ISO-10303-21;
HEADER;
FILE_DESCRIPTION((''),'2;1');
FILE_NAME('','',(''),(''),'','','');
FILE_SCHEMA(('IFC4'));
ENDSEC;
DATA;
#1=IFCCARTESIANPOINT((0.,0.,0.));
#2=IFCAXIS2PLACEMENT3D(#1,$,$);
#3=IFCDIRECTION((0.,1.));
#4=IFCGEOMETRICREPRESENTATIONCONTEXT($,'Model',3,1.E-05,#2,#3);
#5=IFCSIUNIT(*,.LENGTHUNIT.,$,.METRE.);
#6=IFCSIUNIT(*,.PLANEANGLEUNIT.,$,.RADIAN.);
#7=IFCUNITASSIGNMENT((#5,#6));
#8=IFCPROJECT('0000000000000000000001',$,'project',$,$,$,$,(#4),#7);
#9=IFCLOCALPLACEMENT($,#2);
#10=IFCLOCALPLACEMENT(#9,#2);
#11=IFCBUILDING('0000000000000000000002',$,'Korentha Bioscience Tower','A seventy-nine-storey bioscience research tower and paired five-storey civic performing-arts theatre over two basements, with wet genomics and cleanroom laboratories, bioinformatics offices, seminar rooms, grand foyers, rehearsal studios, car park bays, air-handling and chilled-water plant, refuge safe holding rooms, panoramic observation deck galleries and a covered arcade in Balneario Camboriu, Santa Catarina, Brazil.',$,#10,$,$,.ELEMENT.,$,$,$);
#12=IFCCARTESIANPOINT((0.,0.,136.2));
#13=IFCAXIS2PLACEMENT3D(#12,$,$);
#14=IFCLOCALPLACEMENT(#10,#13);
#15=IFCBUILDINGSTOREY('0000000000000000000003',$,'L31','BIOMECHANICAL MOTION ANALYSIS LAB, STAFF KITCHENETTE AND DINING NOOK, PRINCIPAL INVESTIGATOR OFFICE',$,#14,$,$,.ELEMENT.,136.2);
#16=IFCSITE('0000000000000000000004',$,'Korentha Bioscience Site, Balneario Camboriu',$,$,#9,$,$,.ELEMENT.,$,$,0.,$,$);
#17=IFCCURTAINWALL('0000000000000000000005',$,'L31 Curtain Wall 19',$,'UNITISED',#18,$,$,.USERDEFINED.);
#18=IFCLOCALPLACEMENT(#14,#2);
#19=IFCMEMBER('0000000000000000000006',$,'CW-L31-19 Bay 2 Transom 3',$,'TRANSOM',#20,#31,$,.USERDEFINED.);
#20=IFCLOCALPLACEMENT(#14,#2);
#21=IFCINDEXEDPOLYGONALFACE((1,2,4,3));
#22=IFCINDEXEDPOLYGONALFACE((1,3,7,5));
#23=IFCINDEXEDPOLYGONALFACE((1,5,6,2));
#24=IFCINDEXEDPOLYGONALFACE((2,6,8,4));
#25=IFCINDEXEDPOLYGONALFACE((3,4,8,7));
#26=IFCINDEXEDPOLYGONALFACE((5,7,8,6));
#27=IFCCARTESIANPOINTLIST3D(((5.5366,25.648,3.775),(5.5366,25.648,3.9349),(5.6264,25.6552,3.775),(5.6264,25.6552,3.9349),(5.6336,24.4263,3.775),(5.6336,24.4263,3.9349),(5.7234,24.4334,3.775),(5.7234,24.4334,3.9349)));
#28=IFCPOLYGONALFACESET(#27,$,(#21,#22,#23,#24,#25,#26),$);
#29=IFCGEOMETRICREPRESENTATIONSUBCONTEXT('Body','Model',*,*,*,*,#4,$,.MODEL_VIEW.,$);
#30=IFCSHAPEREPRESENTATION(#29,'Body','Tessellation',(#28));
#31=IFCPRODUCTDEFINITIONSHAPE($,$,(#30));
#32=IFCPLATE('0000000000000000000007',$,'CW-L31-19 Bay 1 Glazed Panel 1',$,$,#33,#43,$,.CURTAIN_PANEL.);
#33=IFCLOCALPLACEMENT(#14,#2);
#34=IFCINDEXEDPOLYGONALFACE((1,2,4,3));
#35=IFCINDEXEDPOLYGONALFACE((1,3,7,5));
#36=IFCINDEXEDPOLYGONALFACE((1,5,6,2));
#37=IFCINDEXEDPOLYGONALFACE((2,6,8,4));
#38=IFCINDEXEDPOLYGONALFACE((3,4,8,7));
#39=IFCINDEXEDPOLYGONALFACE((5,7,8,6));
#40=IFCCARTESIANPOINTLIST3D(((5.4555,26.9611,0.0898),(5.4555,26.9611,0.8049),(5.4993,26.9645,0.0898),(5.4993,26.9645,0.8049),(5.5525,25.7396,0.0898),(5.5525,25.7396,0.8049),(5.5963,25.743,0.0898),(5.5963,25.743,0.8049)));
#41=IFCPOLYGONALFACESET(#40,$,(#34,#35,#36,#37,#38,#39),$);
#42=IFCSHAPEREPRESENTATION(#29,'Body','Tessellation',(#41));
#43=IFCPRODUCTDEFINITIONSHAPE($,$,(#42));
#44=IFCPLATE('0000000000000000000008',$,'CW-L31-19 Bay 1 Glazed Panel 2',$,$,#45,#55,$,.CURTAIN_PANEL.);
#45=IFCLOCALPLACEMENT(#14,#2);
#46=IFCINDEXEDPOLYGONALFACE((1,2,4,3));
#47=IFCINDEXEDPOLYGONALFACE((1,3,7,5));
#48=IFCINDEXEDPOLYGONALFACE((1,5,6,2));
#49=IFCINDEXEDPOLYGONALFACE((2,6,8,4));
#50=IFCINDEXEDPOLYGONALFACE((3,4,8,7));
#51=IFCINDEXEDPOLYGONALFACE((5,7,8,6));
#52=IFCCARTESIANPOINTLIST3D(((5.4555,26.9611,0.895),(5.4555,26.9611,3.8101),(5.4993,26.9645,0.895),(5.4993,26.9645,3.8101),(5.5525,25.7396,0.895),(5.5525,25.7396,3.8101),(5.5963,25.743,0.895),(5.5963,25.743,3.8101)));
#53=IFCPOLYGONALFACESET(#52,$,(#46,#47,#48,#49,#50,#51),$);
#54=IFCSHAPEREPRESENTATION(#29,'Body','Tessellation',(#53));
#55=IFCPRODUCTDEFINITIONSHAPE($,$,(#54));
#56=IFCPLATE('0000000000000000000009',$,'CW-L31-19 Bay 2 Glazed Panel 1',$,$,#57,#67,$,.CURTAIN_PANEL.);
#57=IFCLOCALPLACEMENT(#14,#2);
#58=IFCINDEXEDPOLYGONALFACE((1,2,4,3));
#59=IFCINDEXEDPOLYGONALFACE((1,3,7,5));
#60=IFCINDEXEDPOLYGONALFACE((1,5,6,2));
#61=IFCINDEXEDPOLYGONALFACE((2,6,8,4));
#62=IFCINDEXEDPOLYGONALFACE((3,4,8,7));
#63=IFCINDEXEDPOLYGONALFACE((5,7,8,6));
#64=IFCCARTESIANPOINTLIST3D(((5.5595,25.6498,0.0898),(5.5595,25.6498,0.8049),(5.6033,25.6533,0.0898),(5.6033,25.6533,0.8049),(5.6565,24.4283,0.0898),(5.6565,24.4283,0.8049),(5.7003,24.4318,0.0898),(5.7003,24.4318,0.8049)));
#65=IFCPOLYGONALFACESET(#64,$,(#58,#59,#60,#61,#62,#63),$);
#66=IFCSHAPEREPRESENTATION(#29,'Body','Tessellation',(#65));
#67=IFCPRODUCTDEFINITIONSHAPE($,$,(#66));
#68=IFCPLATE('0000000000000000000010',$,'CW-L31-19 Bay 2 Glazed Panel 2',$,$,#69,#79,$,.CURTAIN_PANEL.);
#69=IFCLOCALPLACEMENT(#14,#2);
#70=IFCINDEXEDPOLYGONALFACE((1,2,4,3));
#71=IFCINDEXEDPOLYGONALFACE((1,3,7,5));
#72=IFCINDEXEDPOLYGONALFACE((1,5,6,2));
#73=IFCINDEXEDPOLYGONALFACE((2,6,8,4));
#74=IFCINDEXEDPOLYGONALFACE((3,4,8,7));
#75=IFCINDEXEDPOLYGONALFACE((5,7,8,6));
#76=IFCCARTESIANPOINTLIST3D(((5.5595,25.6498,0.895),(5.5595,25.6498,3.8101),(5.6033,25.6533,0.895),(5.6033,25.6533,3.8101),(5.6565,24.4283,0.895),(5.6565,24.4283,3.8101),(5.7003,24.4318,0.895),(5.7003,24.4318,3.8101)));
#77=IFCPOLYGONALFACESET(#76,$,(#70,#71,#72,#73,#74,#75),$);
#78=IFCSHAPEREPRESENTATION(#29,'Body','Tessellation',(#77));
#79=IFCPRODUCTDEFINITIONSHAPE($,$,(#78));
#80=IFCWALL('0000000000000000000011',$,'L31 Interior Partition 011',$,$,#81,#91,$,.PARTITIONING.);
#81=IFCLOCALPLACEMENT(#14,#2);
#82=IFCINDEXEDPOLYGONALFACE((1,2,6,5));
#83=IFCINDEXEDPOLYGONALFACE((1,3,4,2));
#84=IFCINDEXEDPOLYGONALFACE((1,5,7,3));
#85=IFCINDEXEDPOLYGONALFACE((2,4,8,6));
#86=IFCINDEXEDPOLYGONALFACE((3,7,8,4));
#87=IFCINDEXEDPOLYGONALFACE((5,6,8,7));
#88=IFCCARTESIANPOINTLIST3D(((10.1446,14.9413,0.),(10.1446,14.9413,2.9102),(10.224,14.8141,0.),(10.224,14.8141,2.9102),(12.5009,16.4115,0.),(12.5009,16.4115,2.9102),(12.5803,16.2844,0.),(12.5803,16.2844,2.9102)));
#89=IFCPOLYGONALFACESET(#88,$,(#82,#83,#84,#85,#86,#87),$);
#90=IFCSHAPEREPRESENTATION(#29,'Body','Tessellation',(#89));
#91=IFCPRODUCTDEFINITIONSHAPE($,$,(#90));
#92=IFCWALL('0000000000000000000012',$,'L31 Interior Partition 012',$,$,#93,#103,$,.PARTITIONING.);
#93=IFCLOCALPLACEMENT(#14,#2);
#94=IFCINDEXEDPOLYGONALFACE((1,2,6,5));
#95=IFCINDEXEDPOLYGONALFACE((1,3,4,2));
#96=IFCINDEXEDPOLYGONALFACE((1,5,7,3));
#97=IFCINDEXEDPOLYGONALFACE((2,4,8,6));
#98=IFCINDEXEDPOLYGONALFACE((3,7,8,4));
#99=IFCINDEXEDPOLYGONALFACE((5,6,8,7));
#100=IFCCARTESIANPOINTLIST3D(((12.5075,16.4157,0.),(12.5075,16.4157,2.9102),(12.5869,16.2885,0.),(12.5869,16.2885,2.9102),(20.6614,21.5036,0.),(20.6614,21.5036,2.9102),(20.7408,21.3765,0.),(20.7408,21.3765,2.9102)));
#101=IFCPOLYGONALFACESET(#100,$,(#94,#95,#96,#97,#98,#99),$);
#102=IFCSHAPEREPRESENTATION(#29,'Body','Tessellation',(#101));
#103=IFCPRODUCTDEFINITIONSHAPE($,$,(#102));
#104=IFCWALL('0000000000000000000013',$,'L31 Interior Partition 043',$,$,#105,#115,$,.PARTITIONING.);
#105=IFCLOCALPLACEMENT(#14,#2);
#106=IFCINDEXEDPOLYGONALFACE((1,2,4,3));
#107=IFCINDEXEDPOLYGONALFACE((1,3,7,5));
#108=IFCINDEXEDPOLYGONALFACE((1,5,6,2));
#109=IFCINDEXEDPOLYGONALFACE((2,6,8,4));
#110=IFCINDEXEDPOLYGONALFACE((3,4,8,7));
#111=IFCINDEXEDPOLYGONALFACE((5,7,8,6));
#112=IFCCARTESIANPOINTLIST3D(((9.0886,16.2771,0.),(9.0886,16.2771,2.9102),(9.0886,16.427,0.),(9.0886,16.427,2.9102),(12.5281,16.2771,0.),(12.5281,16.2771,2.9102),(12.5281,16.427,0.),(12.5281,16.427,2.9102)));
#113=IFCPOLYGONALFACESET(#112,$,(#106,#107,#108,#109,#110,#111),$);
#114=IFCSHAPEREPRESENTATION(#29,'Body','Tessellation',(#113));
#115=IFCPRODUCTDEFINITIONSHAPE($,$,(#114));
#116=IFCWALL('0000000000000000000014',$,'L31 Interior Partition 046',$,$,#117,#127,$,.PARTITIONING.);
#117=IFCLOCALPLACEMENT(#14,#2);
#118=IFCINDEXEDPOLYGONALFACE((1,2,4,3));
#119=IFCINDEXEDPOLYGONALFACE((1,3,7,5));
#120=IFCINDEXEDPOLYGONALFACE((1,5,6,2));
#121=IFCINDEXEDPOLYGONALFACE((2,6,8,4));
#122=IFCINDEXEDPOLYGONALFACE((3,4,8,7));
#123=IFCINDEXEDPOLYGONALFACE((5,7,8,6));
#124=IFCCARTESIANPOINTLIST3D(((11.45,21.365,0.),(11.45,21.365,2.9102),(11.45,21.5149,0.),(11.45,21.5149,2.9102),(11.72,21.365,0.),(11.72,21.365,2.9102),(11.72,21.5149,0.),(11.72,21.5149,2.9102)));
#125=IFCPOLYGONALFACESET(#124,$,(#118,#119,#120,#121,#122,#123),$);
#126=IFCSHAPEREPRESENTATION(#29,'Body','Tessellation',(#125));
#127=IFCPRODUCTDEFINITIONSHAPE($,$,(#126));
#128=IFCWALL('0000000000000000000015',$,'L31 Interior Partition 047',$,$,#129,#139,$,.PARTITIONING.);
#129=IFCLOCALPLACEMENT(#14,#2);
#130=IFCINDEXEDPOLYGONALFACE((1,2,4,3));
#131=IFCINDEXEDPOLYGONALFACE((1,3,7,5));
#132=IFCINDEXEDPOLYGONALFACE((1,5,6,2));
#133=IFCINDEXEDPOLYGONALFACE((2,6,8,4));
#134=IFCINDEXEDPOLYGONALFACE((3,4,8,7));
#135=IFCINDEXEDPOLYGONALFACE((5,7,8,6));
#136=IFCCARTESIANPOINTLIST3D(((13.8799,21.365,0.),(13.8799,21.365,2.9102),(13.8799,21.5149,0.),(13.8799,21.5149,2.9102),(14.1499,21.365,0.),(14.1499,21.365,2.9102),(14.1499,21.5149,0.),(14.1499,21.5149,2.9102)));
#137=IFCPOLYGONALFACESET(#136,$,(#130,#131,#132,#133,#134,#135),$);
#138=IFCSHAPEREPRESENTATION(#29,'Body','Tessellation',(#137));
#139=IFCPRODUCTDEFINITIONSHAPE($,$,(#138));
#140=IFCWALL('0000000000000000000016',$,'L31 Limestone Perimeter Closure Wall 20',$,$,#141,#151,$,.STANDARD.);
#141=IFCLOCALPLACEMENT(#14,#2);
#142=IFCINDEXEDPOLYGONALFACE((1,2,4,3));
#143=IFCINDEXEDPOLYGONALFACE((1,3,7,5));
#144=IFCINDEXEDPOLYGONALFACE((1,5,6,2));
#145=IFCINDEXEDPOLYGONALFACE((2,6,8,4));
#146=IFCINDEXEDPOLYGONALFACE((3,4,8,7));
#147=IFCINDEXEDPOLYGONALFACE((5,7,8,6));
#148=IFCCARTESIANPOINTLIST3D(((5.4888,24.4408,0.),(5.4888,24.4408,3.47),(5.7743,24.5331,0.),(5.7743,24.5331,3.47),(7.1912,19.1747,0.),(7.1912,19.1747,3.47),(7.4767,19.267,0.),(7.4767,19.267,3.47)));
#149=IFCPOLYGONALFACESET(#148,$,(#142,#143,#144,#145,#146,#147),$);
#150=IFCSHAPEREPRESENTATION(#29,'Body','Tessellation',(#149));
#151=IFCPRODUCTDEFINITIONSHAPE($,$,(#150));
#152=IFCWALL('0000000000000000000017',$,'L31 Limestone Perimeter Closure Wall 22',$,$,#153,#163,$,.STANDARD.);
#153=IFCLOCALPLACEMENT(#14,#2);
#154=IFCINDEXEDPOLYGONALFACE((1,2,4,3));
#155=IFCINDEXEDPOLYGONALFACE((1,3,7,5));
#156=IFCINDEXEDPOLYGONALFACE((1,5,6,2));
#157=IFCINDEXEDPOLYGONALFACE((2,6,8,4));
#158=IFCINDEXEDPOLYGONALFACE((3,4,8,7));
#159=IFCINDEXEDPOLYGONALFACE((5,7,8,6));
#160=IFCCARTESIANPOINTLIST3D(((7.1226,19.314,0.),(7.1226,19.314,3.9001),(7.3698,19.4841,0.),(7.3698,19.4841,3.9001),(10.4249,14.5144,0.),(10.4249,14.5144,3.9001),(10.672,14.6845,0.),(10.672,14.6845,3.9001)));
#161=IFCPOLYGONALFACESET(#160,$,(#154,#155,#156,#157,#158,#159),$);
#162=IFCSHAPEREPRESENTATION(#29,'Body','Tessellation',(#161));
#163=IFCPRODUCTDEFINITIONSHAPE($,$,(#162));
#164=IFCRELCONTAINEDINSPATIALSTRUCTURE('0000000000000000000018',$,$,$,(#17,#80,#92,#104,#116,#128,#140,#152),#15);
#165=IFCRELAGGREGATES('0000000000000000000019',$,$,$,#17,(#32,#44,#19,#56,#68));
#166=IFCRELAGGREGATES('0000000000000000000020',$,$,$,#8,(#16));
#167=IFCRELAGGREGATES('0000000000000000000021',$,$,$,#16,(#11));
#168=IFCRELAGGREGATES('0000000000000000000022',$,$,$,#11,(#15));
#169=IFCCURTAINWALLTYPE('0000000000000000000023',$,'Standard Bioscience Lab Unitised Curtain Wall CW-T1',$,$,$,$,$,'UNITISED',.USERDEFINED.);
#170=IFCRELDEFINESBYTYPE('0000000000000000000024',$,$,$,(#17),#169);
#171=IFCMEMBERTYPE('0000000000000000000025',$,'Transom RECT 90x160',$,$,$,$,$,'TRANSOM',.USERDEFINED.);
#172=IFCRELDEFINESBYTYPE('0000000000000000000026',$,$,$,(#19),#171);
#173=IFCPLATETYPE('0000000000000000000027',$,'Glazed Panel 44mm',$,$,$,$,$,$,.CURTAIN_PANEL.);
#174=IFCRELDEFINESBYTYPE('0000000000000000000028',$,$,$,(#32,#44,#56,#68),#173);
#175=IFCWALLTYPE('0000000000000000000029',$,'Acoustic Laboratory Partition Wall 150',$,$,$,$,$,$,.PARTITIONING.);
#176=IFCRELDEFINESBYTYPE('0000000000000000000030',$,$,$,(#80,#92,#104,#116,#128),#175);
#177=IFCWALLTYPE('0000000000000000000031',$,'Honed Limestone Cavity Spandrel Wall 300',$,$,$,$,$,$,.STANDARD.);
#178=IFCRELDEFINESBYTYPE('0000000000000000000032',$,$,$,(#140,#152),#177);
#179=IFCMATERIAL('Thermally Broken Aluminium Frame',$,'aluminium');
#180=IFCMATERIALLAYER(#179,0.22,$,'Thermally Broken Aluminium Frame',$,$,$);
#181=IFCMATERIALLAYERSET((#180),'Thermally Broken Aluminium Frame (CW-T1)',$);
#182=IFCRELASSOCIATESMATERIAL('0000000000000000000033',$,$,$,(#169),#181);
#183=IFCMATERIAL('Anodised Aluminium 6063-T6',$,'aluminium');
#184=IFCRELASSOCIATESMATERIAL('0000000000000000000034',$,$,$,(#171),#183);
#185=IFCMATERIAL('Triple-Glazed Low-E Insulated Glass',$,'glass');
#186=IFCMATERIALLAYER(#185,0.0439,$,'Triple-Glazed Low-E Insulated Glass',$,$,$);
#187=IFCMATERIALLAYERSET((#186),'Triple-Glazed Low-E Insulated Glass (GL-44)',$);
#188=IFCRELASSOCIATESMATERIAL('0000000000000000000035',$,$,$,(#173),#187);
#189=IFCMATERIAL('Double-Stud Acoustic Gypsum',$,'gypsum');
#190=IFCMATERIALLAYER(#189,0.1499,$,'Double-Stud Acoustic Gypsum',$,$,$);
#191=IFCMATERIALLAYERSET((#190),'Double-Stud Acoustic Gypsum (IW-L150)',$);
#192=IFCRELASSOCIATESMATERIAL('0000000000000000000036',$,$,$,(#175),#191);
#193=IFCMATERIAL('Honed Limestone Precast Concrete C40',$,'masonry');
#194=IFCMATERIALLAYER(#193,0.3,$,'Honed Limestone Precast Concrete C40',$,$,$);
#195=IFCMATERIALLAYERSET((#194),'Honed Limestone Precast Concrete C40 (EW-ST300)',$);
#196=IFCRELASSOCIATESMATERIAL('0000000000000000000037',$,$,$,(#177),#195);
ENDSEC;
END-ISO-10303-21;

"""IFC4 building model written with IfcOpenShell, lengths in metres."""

from ifc_helpers import new_model, si_unit, direction, frame, frame_2d, origin, origin_2d, place, context, subcontext, project, spatial, rectangle, extrude, material, layer, layer_set, material_profile, profile_set, type_object, element, aggregate, save


model = new_model("IFC4")

# Units and contexts
model_context = context("Model", 3, precision=1e-05, world=origin(), true_north=direction((0.0, 1.0)))
body_context = subcontext(model_context, "Body", "Model", "MODEL_VIEW")
ifc_project = project(units=[si_unit("LENGTHUNIT", "METRE"), si_unit("PLANEANGLEUNIT", "RADIAN")], contexts=[model_context])

# Site, building, storey
site_placement = place(None, origin())
site = spatial("IfcSite", under=ifc_project, at=site_placement, Name="Korentha Bioscience Site, Balneario Camboriu", CompositionType="ELEMENT", RefElevation=0.0)
building_placement = place(site_placement, origin())
building = spatial("IfcBuilding", under=site, at=building_placement, Name="Korentha Bioscience Tower", Description="A seventy-nine-storey bioscience research tower and paired five-storey civic performing-arts theatre over two basements, with wet genomics and cleanroom laboratories, bioinformatics offices, seminar rooms, grand foyers, rehearsal studios, car park bays, air-handling and chilled-water plant, refuge safe holding rooms, panoramic observation deck galleries and a covered arcade in Balneario Camboriu, Santa Catarina, Brazil.", CompositionType="ELEMENT")
storey_placement = place(building_placement, frame((0.0, 0.0, 136.2)))
storey = spatial("IfcBuildingStorey", under=building, at=storey_placement, Name="L31", Description="BIOMECHANICAL MOTION ANALYSIS LAB, STAFF KITCHENETTE AND DINING NOOK, PRINCIPAL INVESTIGATOR OFFICE", CompositionType="ELEMENT", Elevation=136.2)

# Curtain wall
ifc_material_1 = material(Name="Thermally Broken Aluminium Frame", Category="aluminium")
ifc_layer_1 = layer(ifc_material_1, 0.22, Name="Thermally Broken Aluminium Frame")
ifc_layer_set_1 = layer_set([ifc_layer_1], Name="Thermally Broken Aluminium Frame (CW-T1)")
curtain_wall_type = type_object("IfcCurtainWallType", Name="Standard Bioscience Lab Unitised Curtain Wall CW-T1", ElementType="UNITISED", PredefinedType="USERDEFINED", material=ifc_layer_set_1)
curtain_wall_placement = place(storey_placement, origin())
curtain_wall = element("IfcCurtainWall", 1, at=curtain_wall_placement, inside=storey, type_object=curtain_wall_type, Name="L31 Curtain Wall 19", ObjectType="UNITISED", PredefinedType="USERDEFINED")
ifc_material_2 = material(Name="Anodised Aluminium 6063-T6", Category="aluminium")

# Member
ifc_material_profile_1 = material_profile(ifc_material_2, rectangle(XDim=0.0901, YDim=0.1599, at=origin_2d()), Name="Anodised Aluminium 6063-T6")
ifc_profile_set_1 = profile_set([ifc_material_profile_1], Name="Anodised Aluminium 6063-T6 (CW-TRN)")
member_type_1 = type_object("IfcMemberType", Name="Transom RECT 90x160", ElementType="TRANSOM", PredefinedType="USERDEFINED", material=ifc_profile_set_1)
member_1_placement = place(storey_placement, frame((5.5815, 25.6516, 3.855), z_axis=(0.079088, -0.996868, 0.0), x_axis=(0.996868, 0.079088, 0.0)))
member_1 = element("IfcMember", 2, at=member_1_placement, type_object=member_type_1, Name="CW-L31-19 Bay 2 Transom 3", ObjectType="TRANSOM", PredefinedType="USERDEFINED", context=body_context, shape_type="SweptSolid", body=[
    extrude(rectangle(XDim=0.0901, YDim=0.1599, at=origin_2d()), origin(), (0.0, 0.0, 1.0), 1.2256),
])

# Plates
ifc_material_3 = material(Name="Triple-Glazed Low-E Insulated Glass", Category="glass")
ifc_layer_2 = layer(ifc_material_3, 0.0439, Name="Triple-Glazed Low-E Insulated Glass")
ifc_layer_set_2 = layer_set([ifc_layer_2], Name="Triple-Glazed Low-E Insulated Glass (GL-44)")
plate_type = type_object("IfcPlateType", Name="Glazed Panel 44mm", PredefinedType="CURTAIN_PANEL", material=ifc_layer_set_2)
plate_1_placement = place(storey_placement, frame((5.5259, 26.3521, 0.0898), z_axis=(0.0, 0.0, 1.0), x_axis=(0.07913, -0.996864, 0.0)))
plate_1 = element("IfcPlate", 3, at=plate_1_placement, type_object=plate_type, Name="CW-L31-19 Bay 1 Glazed Panel 1", PredefinedType="CURTAIN_PANEL", context=body_context, shape_type="SweptSolid", body=[
    extrude(rectangle(XDim=1.2253, YDim=0.0439, at=origin_2d()), origin(), (0.0, 0.0, 1.0), 0.7151),
])
plate_2_placement = place(storey_placement, frame((5.5259, 26.3521, 0.895), z_axis=(0.0, 0.0, 1.0), x_axis=(0.07913, -0.996864, 0.0)))
plate_2 = element("IfcPlate", 4, at=plate_2_placement, type_object=plate_type, Name="CW-L31-19 Bay 1 Glazed Panel 2", PredefinedType="CURTAIN_PANEL", context=body_context, shape_type="SweptSolid", body=[
    extrude(rectangle(XDim=1.2253, YDim=0.0439, at=origin_2d()), origin(), (0.0, 0.0, 1.0), 2.915),
])
plate_3_placement = place(storey_placement, frame((5.6299, 25.0408, 0.0898), z_axis=(0.0, 0.0, 1.0), x_axis=(0.07913, -0.996864, 0.0)))
plate_3 = element("IfcPlate", 5, at=plate_3_placement, type_object=plate_type, Name="CW-L31-19 Bay 2 Glazed Panel 1", PredefinedType="CURTAIN_PANEL", context=body_context, shape_type="SweptSolid", body=[
    extrude(rectangle(XDim=1.2253, YDim=0.0439, at=origin_2d()), origin(), (0.0, 0.0, 1.0), 0.7151),
])
plate_4_placement = place(storey_placement, frame((5.6299, 25.0408, 0.895), z_axis=(0.0, 0.0, 1.0), x_axis=(0.07913, -0.996864, 0.0)))
plate_4 = element("IfcPlate", 6, at=plate_4_placement, type_object=plate_type, Name="CW-L31-19 Bay 2 Glazed Panel 2", PredefinedType="CURTAIN_PANEL", context=body_context, shape_type="SweptSolid", body=[
    extrude(rectangle(XDim=1.2253, YDim=0.0439, at=origin_2d()), origin(), (0.0, 0.0, 1.0), 2.915),
])
aggregate(curtain_wall, [plate_1, plate_2, member_1, plate_3, plate_4])

# Walls
ifc_material_4 = material(Name="Double-Stud Acoustic Gypsum", Category="gypsum")
ifc_layer_3 = layer(ifc_material_4, 0.1499, Name="Double-Stud Acoustic Gypsum")
ifc_layer_set_3 = layer_set([ifc_layer_3], Name="Double-Stud Acoustic Gypsum (IW-L150)")
wall_type_1 = type_object("IfcWallType", Name="Acoustic Laboratory Partition Wall 150", PredefinedType="PARTITIONING", material=ifc_layer_set_3)
wall_1_placement = place(storey_placement, frame((10.1843, 14.8777, 0.0), z_axis=(0.0, 0.0, 1.0), x_axis=(0.848388, 0.529375, 0.0)))
element("IfcWall", 7, at=wall_1_placement, inside=storey, type_object=wall_type_1, Name="L31 Interior Partition 011", PredefinedType="PARTITIONING", context=body_context, shape_type="SweptSolid", body=[
    extrude(rectangle(XDim=2.7773, YDim=0.1499, at=frame_2d((1.3887, 0.0))), origin(), (0.0, 0.0, 1.0), 2.9102),
])
wall_2_placement = place(storey_placement, frame((12.5471, 16.3521, 0.0), z_axis=(0.0, 0.0, 1.0), x_axis=(0.848383, 0.529382, 0.0)))
element("IfcWall", 8, at=wall_2_placement, inside=storey, type_object=wall_type_1, Name="L31 Interior Partition 012", PredefinedType="PARTITIONING", context=body_context, shape_type="SweptSolid", body=[
    extrude(rectangle(XDim=9.6111, YDim=0.1499, at=frame_2d((4.8057, 0.0))), origin(), (0.0, 0.0, 1.0), 2.9102),
])
wall_3_placement = place(storey_placement, frame((12.5281, 16.3521, 0.0), z_axis=(0.0, 0.0, 1.0), x_axis=(-1.0, 0.0, 0.0)))
element("IfcWall", 9, at=wall_3_placement, inside=storey, type_object=wall_type_1, Name="L31 Interior Partition 043", PredefinedType="PARTITIONING", context=body_context, shape_type="SweptSolid", body=[
    extrude(rectangle(XDim=3.4395, YDim=0.1499, at=frame_2d((1.7197, 0.0))), origin(), (0.0, 0.0, 1.0), 2.9102),
])
for number, where, z_axis, x_axis, name in (
    (10, (11.45, 21.4399, 0.0), (0.0, 0.0, 1.0), (1.0, 0.0, 0.0), "L31 Interior Partition 046"),
    (11, (13.8799, 21.4399, 0.0), (0.0, 0.0, 1.0), (1.0, 0.0, 0.0), "L31 Interior Partition 047"),
):
    element("IfcWall", number, at=place(storey_placement, frame(where, z_axis=z_axis, x_axis=x_axis)), inside=storey, type_object=wall_type_1, Name=name, PredefinedType="PARTITIONING", context=body_context, shape_type="SweptSolid", body=[
        extrude(rectangle(XDim=0.27, YDim=0.1499, at=frame_2d((0.135, 0.0))), origin(), (0.0, 0.0, 1.0), 2.9102),
    ])
ifc_material_5 = material(Name="Honed Limestone Precast Concrete C40", Category="masonry")
ifc_layer_4 = layer(ifc_material_5, 0.3, Name="Honed Limestone Precast Concrete C40")
ifc_layer_set_4 = layer_set([ifc_layer_4], Name="Honed Limestone Precast Concrete C40 (EW-ST300)")
wall_type_2 = type_object("IfcWallType", Name="Honed Limestone Cavity Spandrel Wall 300", PredefinedType="STANDARD", material=ifc_layer_set_4)
wall_4_placement = place(storey_placement, frame((5.6316, 24.4868, 0.0), z_axis=(0.0, 0.0, 1.0), x_axis=(0.307599, -0.951516, 0.0)))
element("IfcWall", 12, at=wall_4_placement, inside=storey, type_object=wall_type_2, Name="L31 Limestone Perimeter Closure Wall 20", PredefinedType="STANDARD", context=body_context, shape_type="SweptSolid", body=[
    extrude(rectangle(XDim=5.5344, YDim=0.3, at=frame_2d((2.7671, 0.0))), origin(), (0.0, 0.0, 1.0), 3.47),
])
wall_5_placement = place(storey_placement, frame((7.2461, 19.3992, 0.0), z_axis=(0.0, 0.0, 1.0), x_axis=(0.566826, -0.823838, 0.0)))
element("IfcWall", 13, at=wall_5_placement, inside=storey, type_object=wall_type_2, Name="L31 Limestone Perimeter Closure Wall 22", PredefinedType="STANDARD", context=body_context, shape_type="SweptSolid", body=[
    extrude(rectangle(XDim=5.8259, YDim=0.3, at=frame_2d((2.9131, 0.0))), origin(), (0.0, 0.0, 1.0), 3.9001),
])

save(model, "model.ifc")
